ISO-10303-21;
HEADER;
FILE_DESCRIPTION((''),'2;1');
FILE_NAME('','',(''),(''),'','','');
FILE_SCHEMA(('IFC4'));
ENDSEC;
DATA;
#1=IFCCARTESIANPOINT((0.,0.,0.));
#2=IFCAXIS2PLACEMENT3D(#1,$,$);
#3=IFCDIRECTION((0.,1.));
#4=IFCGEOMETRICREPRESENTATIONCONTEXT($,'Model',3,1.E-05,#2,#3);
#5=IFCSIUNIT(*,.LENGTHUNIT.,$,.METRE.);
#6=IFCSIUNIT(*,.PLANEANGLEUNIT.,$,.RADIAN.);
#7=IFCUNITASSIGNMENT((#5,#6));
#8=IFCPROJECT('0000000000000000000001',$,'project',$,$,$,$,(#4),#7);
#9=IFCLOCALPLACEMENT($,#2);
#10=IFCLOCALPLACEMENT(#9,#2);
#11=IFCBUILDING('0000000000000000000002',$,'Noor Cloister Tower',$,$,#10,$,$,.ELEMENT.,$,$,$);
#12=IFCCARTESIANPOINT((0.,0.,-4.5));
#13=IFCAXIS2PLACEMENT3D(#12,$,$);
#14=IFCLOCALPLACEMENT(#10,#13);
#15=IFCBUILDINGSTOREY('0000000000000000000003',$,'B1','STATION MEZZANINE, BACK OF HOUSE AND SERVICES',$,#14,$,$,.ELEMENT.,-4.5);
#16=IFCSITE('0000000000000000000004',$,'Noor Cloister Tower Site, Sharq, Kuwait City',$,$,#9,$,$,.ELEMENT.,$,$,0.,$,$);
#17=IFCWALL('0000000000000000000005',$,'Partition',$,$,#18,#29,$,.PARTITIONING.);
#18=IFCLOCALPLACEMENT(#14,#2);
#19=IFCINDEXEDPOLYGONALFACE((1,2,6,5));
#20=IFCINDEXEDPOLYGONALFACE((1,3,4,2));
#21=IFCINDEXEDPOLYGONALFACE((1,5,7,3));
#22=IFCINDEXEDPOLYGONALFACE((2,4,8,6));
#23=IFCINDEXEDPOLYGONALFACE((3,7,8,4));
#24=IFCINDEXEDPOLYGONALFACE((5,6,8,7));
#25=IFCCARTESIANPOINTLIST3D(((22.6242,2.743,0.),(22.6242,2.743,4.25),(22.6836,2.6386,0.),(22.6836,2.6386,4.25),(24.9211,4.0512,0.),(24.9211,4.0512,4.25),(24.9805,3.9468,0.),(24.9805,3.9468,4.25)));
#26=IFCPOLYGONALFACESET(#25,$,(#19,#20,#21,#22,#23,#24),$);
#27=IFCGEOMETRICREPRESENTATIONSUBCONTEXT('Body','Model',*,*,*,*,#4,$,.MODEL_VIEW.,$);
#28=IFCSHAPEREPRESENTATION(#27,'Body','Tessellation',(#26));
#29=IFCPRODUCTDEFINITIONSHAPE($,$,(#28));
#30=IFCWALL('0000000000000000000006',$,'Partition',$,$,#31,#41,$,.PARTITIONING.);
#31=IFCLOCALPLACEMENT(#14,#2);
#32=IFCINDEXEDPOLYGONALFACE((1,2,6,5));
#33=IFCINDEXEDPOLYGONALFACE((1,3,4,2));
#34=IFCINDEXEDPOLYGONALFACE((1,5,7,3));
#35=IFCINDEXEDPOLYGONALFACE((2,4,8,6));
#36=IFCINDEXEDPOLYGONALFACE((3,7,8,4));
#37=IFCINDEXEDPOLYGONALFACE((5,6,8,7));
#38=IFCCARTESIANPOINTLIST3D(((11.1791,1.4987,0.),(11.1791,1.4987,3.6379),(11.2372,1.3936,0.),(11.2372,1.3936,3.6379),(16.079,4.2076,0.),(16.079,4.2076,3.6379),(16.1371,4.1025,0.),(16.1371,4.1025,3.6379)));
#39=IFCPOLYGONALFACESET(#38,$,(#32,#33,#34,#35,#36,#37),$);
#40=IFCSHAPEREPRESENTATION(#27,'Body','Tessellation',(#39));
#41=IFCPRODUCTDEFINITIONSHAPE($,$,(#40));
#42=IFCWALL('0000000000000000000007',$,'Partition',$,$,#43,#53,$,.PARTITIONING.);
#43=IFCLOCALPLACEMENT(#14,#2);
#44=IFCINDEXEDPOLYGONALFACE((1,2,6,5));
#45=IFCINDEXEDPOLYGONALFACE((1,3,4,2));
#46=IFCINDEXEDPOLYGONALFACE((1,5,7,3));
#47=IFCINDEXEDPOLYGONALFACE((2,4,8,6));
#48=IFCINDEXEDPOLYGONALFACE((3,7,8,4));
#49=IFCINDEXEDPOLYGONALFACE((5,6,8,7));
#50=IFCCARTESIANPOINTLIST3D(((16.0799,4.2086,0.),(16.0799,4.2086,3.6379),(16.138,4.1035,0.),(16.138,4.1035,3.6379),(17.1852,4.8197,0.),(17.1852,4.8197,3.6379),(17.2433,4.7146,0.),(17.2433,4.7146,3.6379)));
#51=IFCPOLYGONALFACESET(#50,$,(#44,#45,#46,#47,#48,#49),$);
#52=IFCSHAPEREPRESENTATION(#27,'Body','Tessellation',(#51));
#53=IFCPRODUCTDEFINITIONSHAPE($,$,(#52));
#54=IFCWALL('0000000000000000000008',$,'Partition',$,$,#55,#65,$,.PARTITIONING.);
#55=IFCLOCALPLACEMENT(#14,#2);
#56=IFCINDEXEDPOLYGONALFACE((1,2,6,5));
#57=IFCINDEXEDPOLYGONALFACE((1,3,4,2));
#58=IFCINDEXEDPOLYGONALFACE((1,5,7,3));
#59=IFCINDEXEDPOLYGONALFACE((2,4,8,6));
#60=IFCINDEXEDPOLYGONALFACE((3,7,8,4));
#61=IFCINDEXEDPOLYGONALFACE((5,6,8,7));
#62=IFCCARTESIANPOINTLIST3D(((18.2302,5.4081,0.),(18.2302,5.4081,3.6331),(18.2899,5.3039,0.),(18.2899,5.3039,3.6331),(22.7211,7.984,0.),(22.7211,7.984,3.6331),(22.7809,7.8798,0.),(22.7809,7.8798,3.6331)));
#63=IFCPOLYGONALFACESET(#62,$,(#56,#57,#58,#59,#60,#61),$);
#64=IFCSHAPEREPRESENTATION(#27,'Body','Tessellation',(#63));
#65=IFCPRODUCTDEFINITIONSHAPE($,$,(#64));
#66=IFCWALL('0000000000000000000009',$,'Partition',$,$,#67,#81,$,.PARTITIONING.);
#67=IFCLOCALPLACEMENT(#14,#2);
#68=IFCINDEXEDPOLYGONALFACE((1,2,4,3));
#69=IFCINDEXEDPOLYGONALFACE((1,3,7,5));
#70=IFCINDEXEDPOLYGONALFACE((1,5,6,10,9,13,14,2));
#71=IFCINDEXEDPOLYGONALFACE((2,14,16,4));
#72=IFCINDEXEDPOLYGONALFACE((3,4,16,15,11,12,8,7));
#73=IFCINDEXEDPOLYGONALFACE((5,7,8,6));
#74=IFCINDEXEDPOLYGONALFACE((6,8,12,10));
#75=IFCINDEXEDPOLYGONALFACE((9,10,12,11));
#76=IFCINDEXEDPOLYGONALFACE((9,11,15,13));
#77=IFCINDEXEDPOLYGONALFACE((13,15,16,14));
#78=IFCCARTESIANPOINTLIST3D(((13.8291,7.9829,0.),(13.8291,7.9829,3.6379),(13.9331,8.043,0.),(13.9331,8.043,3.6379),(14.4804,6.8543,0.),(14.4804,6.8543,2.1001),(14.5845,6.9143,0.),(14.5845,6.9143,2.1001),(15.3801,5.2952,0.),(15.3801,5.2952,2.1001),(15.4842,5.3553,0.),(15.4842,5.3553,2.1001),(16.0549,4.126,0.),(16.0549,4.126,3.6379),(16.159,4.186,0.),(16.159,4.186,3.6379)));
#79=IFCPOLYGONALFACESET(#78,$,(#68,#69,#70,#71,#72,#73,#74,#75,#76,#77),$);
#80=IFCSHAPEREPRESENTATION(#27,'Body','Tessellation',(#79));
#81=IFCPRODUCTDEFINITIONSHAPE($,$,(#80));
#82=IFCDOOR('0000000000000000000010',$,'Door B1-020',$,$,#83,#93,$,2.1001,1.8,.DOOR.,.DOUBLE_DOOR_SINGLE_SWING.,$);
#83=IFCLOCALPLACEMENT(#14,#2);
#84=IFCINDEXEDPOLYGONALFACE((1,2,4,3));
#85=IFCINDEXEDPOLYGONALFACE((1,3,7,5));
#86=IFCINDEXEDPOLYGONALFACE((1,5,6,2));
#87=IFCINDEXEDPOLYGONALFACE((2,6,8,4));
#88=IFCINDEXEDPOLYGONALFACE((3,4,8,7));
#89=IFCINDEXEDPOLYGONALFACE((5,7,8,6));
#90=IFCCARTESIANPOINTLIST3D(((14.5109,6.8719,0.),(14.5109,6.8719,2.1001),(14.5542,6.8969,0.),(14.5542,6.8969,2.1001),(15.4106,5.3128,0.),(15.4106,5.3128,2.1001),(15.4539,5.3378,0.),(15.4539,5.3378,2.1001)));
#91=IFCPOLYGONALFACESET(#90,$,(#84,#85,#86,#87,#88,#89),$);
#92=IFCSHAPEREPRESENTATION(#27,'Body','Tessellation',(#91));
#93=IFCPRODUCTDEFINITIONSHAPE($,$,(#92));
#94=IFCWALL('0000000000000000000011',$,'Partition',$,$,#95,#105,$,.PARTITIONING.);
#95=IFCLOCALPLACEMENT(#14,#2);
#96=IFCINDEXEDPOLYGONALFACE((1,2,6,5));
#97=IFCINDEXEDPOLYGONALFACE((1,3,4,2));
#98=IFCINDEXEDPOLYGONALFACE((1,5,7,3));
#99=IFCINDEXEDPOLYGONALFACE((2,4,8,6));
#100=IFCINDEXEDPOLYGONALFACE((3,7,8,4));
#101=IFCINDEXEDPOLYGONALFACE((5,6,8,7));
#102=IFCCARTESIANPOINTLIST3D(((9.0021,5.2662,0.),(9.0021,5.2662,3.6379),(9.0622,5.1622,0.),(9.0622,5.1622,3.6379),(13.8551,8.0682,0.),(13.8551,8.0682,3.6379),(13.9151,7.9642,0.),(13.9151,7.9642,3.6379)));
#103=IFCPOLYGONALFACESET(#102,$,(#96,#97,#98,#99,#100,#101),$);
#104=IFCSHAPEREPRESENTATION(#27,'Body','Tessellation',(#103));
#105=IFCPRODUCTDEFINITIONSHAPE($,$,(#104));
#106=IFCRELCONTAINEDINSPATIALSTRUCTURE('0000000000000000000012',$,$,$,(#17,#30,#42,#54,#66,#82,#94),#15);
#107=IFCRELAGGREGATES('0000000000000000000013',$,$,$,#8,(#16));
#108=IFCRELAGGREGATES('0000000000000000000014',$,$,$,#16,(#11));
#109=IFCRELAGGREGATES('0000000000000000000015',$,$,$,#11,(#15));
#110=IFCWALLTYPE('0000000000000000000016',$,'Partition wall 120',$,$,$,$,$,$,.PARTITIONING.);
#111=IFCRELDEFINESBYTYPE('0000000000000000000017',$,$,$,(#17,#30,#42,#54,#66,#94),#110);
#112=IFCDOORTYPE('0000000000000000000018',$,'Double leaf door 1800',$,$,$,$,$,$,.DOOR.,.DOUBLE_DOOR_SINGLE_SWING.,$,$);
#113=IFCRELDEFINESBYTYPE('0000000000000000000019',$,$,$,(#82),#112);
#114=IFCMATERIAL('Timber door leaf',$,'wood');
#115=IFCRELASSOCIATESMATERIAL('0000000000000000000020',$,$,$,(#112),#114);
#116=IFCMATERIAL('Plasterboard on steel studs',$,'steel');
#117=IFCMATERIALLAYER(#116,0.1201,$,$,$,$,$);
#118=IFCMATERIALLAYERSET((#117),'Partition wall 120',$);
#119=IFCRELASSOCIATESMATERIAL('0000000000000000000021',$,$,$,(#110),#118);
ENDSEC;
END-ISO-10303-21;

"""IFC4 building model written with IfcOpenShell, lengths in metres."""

from ifc_helpers import new_model, si_unit, direction, frame, frame_2d, origin, place, context, subcontext, project, spatial, rectangle, extrude, material, layer, layer_set, type_object, element, fill, save


model = new_model("IFC4")

# Units and contexts
model_context = context("Model", 3, precision=1e-05, world=origin(), true_north=direction((0.0, 1.0)))
body_context = subcontext(model_context, "Body", "Model", "MODEL_VIEW")
ifc_project = project(units=[si_unit("LENGTHUNIT", "METRE"), si_unit("PLANEANGLEUNIT", "RADIAN")], contexts=[model_context])

# Site, building, storey
site_placement = place(None, origin())
site = spatial("IfcSite", under=ifc_project, at=site_placement, Name="Noor Cloister Tower Site, Sharq, Kuwait City", CompositionType="ELEMENT", RefElevation=0.0)
building_placement = place(site_placement, origin())
building = spatial("IfcBuilding", under=site, at=building_placement, Name="Noor Cloister Tower", CompositionType="ELEMENT")
storey_placement = place(building_placement, frame((0.0, 0.0, -4.5)))
storey = spatial("IfcBuildingStorey", under=building, at=storey_placement, Name="B1", Description="STATION MEZZANINE, BACK OF HOUSE AND SERVICES", CompositionType="ELEMENT", Elevation=-4.5)

# Shared definitions
ifc_material_1 = material(Name="Timber door leaf", Category="wood")
door_type = type_object("IfcDoorType", Name="Double leaf door 1800", OperationType="DOUBLE_DOOR_SINGLE_SWING", PredefinedType="DOOR", material=ifc_material_1)

# Walls
ifc_material_2 = material(Name="Plasterboard on steel studs", Category="steel")
ifc_layer_1 = layer(ifc_material_2, 0.1201)
ifc_layer_set_1 = layer_set([ifc_layer_1], Name="Partition wall 120")
wall_type_1 = type_object("IfcWallType", Name="Partition wall 120", PredefinedType="PARTITIONING", material=ifc_layer_set_1)
wall_1_placement = place(storey_placement, frame((24.9509, 3.999, 0.0), z_axis=(0.0, 0.0, 1.0), x_axis=(-0.868958, -0.494885, 0.0)))
element("IfcWall", 1, at=wall_1_placement, inside=storey, type_object=wall_type_1, Name="Partition", PredefinedType="PARTITIONING", context=body_context, shape_type="SweptSolid", body=[
    extrude(rectangle(XDim=2.6433, YDim=0.1201, at=frame_2d((1.3218, 0.0))), origin(), (0.0, 0.0, 1.0), 4.25),
])
wall_2_placement = place(storey_placement, frame((16.1079, 4.155, 0.0), z_axis=(0.0, 0.0, 1.0), x_axis=(-0.875155, -0.483843, 0.0)))
element("IfcWall", 2, at=wall_2_placement, inside=storey, type_object=wall_type_1, Name="Partition", PredefinedType="PARTITIONING", context=body_context, shape_type="SweptSolid", body=[
    extrude(rectangle(XDim=5.5989, YDim=0.1201, at=frame_2d((2.7993, 0.0))), origin(), (0.0, 0.0, 1.0), 3.6379),
])
wall_3_placement = place(storey_placement, frame((17.2141, 4.7671, 0.0), z_axis=(0.0, 0.0, 1.0), x_axis=(-0.87514, -0.483869, 0.0)))
element("IfcWall", 3, at=wall_3_placement, inside=storey, type_object=wall_type_1, Name="Partition", PredefinedType="PARTITIONING", context=body_context, shape_type="SweptSolid", body=[
    extrude(rectangle(XDim=1.2629, YDim=0.1201, at=frame_2d((0.6313, 0.0))), origin(), (0.0, 0.0, 1.0), 3.6379),
])
wall_4_placement = place(storey_placement, frame((22.751, 7.9319, 0.0), z_axis=(0.0, 0.0, 1.0), x_axis=(-0.867438, -0.497545, 0.0)))
element("IfcWall", 4, at=wall_4_placement, inside=storey, type_object=wall_type_1, Name="Partition", PredefinedType="PARTITIONING", context=body_context, shape_type="SweptSolid", body=[
    extrude(rectangle(XDim=5.1772, YDim=0.1201, at=frame_2d((2.5886, 0.0))), origin(), (0.0, 0.0, 1.0), 3.6331),
])

# Wall, opening, door
wall_5_placement = place(storey_placement, frame((16.1069, 4.156, 0.0), z_axis=(0.0, 0.0, 1.0), x_axis=(-0.499836, 0.86612, 0.0)))
wall_5 = element("IfcWall", 5, at=wall_5_placement, inside=storey, type_object=wall_type_1, Name="Partition", PredefinedType="PARTITIONING", context=body_context, shape_type="SweptSolid", body=[
    extrude(rectangle(XDim=4.4531, YDim=0.1201, at=frame_2d((2.2266, 0.0))), origin(), (0.0, 0.0, 1.0), 3.6379),
])
opening_1_placement = place(wall_5_placement, frame((1.3501, 0.0, 0.0)))
opening_1 = element("IfcOpeningElement", 6, at=opening_1_placement, cuts=wall_5, PredefinedType="OPENING", context=body_context, shape_type="SweptSolid", body=[
    extrude(rectangle(XDim=1.8, YDim=2.1001, at=frame_2d((0.8999, 1.05))), frame((0.0, 0.0701, 0.0), z_axis=(0.0, -1.0, 0.0), x_axis=(1.0, 0.0, 0.0)), (0.0, 0.0, 1.0), 0.1401),
])
door_1_placement = place(opening_1_placement, origin())
door_1 = element("IfcDoor", 7, at=door_1_placement, inside=storey, type_object=door_type, Name="Door B1-020", OperationType="DOUBLE_DOOR_SINGLE_SWING", OverallHeight=2.1001, OverallWidth=1.8, PredefinedType="DOOR", context=body_context, shape_type="SweptSolid", body=[
    extrude(rectangle(XDim=1.8, YDim=2.1001, at=frame_2d((0.8999, 1.05))), frame((0.0, 0.0249, 0.0), z_axis=(0.0, -1.0, 0.0), x_axis=(1.0, 0.0, 0.0)), (0.0, 0.0, 1.0), 0.05),
])
fill(opening_1, door_1)

# Wall
wall_6_placement = place(storey_placement, frame((13.885, 8.0161, 0.0), z_axis=(0.0, 0.0, 1.0), x_axis=(-0.866017, -0.500014, 0.0)))
element("IfcWall", 8, at=wall_6_placement, inside=storey, type_object=wall_type_1, Name="Partition", PredefinedType="PARTITIONING", context=body_context, shape_type="SweptSolid", body=[
    extrude(rectangle(XDim=5.6038, YDim=0.1201, at=frame_2d((2.8018, 0.0))), origin(), (0.0, 0.0, 1.0), 3.6379),
])

save(model, "model.ifc")
